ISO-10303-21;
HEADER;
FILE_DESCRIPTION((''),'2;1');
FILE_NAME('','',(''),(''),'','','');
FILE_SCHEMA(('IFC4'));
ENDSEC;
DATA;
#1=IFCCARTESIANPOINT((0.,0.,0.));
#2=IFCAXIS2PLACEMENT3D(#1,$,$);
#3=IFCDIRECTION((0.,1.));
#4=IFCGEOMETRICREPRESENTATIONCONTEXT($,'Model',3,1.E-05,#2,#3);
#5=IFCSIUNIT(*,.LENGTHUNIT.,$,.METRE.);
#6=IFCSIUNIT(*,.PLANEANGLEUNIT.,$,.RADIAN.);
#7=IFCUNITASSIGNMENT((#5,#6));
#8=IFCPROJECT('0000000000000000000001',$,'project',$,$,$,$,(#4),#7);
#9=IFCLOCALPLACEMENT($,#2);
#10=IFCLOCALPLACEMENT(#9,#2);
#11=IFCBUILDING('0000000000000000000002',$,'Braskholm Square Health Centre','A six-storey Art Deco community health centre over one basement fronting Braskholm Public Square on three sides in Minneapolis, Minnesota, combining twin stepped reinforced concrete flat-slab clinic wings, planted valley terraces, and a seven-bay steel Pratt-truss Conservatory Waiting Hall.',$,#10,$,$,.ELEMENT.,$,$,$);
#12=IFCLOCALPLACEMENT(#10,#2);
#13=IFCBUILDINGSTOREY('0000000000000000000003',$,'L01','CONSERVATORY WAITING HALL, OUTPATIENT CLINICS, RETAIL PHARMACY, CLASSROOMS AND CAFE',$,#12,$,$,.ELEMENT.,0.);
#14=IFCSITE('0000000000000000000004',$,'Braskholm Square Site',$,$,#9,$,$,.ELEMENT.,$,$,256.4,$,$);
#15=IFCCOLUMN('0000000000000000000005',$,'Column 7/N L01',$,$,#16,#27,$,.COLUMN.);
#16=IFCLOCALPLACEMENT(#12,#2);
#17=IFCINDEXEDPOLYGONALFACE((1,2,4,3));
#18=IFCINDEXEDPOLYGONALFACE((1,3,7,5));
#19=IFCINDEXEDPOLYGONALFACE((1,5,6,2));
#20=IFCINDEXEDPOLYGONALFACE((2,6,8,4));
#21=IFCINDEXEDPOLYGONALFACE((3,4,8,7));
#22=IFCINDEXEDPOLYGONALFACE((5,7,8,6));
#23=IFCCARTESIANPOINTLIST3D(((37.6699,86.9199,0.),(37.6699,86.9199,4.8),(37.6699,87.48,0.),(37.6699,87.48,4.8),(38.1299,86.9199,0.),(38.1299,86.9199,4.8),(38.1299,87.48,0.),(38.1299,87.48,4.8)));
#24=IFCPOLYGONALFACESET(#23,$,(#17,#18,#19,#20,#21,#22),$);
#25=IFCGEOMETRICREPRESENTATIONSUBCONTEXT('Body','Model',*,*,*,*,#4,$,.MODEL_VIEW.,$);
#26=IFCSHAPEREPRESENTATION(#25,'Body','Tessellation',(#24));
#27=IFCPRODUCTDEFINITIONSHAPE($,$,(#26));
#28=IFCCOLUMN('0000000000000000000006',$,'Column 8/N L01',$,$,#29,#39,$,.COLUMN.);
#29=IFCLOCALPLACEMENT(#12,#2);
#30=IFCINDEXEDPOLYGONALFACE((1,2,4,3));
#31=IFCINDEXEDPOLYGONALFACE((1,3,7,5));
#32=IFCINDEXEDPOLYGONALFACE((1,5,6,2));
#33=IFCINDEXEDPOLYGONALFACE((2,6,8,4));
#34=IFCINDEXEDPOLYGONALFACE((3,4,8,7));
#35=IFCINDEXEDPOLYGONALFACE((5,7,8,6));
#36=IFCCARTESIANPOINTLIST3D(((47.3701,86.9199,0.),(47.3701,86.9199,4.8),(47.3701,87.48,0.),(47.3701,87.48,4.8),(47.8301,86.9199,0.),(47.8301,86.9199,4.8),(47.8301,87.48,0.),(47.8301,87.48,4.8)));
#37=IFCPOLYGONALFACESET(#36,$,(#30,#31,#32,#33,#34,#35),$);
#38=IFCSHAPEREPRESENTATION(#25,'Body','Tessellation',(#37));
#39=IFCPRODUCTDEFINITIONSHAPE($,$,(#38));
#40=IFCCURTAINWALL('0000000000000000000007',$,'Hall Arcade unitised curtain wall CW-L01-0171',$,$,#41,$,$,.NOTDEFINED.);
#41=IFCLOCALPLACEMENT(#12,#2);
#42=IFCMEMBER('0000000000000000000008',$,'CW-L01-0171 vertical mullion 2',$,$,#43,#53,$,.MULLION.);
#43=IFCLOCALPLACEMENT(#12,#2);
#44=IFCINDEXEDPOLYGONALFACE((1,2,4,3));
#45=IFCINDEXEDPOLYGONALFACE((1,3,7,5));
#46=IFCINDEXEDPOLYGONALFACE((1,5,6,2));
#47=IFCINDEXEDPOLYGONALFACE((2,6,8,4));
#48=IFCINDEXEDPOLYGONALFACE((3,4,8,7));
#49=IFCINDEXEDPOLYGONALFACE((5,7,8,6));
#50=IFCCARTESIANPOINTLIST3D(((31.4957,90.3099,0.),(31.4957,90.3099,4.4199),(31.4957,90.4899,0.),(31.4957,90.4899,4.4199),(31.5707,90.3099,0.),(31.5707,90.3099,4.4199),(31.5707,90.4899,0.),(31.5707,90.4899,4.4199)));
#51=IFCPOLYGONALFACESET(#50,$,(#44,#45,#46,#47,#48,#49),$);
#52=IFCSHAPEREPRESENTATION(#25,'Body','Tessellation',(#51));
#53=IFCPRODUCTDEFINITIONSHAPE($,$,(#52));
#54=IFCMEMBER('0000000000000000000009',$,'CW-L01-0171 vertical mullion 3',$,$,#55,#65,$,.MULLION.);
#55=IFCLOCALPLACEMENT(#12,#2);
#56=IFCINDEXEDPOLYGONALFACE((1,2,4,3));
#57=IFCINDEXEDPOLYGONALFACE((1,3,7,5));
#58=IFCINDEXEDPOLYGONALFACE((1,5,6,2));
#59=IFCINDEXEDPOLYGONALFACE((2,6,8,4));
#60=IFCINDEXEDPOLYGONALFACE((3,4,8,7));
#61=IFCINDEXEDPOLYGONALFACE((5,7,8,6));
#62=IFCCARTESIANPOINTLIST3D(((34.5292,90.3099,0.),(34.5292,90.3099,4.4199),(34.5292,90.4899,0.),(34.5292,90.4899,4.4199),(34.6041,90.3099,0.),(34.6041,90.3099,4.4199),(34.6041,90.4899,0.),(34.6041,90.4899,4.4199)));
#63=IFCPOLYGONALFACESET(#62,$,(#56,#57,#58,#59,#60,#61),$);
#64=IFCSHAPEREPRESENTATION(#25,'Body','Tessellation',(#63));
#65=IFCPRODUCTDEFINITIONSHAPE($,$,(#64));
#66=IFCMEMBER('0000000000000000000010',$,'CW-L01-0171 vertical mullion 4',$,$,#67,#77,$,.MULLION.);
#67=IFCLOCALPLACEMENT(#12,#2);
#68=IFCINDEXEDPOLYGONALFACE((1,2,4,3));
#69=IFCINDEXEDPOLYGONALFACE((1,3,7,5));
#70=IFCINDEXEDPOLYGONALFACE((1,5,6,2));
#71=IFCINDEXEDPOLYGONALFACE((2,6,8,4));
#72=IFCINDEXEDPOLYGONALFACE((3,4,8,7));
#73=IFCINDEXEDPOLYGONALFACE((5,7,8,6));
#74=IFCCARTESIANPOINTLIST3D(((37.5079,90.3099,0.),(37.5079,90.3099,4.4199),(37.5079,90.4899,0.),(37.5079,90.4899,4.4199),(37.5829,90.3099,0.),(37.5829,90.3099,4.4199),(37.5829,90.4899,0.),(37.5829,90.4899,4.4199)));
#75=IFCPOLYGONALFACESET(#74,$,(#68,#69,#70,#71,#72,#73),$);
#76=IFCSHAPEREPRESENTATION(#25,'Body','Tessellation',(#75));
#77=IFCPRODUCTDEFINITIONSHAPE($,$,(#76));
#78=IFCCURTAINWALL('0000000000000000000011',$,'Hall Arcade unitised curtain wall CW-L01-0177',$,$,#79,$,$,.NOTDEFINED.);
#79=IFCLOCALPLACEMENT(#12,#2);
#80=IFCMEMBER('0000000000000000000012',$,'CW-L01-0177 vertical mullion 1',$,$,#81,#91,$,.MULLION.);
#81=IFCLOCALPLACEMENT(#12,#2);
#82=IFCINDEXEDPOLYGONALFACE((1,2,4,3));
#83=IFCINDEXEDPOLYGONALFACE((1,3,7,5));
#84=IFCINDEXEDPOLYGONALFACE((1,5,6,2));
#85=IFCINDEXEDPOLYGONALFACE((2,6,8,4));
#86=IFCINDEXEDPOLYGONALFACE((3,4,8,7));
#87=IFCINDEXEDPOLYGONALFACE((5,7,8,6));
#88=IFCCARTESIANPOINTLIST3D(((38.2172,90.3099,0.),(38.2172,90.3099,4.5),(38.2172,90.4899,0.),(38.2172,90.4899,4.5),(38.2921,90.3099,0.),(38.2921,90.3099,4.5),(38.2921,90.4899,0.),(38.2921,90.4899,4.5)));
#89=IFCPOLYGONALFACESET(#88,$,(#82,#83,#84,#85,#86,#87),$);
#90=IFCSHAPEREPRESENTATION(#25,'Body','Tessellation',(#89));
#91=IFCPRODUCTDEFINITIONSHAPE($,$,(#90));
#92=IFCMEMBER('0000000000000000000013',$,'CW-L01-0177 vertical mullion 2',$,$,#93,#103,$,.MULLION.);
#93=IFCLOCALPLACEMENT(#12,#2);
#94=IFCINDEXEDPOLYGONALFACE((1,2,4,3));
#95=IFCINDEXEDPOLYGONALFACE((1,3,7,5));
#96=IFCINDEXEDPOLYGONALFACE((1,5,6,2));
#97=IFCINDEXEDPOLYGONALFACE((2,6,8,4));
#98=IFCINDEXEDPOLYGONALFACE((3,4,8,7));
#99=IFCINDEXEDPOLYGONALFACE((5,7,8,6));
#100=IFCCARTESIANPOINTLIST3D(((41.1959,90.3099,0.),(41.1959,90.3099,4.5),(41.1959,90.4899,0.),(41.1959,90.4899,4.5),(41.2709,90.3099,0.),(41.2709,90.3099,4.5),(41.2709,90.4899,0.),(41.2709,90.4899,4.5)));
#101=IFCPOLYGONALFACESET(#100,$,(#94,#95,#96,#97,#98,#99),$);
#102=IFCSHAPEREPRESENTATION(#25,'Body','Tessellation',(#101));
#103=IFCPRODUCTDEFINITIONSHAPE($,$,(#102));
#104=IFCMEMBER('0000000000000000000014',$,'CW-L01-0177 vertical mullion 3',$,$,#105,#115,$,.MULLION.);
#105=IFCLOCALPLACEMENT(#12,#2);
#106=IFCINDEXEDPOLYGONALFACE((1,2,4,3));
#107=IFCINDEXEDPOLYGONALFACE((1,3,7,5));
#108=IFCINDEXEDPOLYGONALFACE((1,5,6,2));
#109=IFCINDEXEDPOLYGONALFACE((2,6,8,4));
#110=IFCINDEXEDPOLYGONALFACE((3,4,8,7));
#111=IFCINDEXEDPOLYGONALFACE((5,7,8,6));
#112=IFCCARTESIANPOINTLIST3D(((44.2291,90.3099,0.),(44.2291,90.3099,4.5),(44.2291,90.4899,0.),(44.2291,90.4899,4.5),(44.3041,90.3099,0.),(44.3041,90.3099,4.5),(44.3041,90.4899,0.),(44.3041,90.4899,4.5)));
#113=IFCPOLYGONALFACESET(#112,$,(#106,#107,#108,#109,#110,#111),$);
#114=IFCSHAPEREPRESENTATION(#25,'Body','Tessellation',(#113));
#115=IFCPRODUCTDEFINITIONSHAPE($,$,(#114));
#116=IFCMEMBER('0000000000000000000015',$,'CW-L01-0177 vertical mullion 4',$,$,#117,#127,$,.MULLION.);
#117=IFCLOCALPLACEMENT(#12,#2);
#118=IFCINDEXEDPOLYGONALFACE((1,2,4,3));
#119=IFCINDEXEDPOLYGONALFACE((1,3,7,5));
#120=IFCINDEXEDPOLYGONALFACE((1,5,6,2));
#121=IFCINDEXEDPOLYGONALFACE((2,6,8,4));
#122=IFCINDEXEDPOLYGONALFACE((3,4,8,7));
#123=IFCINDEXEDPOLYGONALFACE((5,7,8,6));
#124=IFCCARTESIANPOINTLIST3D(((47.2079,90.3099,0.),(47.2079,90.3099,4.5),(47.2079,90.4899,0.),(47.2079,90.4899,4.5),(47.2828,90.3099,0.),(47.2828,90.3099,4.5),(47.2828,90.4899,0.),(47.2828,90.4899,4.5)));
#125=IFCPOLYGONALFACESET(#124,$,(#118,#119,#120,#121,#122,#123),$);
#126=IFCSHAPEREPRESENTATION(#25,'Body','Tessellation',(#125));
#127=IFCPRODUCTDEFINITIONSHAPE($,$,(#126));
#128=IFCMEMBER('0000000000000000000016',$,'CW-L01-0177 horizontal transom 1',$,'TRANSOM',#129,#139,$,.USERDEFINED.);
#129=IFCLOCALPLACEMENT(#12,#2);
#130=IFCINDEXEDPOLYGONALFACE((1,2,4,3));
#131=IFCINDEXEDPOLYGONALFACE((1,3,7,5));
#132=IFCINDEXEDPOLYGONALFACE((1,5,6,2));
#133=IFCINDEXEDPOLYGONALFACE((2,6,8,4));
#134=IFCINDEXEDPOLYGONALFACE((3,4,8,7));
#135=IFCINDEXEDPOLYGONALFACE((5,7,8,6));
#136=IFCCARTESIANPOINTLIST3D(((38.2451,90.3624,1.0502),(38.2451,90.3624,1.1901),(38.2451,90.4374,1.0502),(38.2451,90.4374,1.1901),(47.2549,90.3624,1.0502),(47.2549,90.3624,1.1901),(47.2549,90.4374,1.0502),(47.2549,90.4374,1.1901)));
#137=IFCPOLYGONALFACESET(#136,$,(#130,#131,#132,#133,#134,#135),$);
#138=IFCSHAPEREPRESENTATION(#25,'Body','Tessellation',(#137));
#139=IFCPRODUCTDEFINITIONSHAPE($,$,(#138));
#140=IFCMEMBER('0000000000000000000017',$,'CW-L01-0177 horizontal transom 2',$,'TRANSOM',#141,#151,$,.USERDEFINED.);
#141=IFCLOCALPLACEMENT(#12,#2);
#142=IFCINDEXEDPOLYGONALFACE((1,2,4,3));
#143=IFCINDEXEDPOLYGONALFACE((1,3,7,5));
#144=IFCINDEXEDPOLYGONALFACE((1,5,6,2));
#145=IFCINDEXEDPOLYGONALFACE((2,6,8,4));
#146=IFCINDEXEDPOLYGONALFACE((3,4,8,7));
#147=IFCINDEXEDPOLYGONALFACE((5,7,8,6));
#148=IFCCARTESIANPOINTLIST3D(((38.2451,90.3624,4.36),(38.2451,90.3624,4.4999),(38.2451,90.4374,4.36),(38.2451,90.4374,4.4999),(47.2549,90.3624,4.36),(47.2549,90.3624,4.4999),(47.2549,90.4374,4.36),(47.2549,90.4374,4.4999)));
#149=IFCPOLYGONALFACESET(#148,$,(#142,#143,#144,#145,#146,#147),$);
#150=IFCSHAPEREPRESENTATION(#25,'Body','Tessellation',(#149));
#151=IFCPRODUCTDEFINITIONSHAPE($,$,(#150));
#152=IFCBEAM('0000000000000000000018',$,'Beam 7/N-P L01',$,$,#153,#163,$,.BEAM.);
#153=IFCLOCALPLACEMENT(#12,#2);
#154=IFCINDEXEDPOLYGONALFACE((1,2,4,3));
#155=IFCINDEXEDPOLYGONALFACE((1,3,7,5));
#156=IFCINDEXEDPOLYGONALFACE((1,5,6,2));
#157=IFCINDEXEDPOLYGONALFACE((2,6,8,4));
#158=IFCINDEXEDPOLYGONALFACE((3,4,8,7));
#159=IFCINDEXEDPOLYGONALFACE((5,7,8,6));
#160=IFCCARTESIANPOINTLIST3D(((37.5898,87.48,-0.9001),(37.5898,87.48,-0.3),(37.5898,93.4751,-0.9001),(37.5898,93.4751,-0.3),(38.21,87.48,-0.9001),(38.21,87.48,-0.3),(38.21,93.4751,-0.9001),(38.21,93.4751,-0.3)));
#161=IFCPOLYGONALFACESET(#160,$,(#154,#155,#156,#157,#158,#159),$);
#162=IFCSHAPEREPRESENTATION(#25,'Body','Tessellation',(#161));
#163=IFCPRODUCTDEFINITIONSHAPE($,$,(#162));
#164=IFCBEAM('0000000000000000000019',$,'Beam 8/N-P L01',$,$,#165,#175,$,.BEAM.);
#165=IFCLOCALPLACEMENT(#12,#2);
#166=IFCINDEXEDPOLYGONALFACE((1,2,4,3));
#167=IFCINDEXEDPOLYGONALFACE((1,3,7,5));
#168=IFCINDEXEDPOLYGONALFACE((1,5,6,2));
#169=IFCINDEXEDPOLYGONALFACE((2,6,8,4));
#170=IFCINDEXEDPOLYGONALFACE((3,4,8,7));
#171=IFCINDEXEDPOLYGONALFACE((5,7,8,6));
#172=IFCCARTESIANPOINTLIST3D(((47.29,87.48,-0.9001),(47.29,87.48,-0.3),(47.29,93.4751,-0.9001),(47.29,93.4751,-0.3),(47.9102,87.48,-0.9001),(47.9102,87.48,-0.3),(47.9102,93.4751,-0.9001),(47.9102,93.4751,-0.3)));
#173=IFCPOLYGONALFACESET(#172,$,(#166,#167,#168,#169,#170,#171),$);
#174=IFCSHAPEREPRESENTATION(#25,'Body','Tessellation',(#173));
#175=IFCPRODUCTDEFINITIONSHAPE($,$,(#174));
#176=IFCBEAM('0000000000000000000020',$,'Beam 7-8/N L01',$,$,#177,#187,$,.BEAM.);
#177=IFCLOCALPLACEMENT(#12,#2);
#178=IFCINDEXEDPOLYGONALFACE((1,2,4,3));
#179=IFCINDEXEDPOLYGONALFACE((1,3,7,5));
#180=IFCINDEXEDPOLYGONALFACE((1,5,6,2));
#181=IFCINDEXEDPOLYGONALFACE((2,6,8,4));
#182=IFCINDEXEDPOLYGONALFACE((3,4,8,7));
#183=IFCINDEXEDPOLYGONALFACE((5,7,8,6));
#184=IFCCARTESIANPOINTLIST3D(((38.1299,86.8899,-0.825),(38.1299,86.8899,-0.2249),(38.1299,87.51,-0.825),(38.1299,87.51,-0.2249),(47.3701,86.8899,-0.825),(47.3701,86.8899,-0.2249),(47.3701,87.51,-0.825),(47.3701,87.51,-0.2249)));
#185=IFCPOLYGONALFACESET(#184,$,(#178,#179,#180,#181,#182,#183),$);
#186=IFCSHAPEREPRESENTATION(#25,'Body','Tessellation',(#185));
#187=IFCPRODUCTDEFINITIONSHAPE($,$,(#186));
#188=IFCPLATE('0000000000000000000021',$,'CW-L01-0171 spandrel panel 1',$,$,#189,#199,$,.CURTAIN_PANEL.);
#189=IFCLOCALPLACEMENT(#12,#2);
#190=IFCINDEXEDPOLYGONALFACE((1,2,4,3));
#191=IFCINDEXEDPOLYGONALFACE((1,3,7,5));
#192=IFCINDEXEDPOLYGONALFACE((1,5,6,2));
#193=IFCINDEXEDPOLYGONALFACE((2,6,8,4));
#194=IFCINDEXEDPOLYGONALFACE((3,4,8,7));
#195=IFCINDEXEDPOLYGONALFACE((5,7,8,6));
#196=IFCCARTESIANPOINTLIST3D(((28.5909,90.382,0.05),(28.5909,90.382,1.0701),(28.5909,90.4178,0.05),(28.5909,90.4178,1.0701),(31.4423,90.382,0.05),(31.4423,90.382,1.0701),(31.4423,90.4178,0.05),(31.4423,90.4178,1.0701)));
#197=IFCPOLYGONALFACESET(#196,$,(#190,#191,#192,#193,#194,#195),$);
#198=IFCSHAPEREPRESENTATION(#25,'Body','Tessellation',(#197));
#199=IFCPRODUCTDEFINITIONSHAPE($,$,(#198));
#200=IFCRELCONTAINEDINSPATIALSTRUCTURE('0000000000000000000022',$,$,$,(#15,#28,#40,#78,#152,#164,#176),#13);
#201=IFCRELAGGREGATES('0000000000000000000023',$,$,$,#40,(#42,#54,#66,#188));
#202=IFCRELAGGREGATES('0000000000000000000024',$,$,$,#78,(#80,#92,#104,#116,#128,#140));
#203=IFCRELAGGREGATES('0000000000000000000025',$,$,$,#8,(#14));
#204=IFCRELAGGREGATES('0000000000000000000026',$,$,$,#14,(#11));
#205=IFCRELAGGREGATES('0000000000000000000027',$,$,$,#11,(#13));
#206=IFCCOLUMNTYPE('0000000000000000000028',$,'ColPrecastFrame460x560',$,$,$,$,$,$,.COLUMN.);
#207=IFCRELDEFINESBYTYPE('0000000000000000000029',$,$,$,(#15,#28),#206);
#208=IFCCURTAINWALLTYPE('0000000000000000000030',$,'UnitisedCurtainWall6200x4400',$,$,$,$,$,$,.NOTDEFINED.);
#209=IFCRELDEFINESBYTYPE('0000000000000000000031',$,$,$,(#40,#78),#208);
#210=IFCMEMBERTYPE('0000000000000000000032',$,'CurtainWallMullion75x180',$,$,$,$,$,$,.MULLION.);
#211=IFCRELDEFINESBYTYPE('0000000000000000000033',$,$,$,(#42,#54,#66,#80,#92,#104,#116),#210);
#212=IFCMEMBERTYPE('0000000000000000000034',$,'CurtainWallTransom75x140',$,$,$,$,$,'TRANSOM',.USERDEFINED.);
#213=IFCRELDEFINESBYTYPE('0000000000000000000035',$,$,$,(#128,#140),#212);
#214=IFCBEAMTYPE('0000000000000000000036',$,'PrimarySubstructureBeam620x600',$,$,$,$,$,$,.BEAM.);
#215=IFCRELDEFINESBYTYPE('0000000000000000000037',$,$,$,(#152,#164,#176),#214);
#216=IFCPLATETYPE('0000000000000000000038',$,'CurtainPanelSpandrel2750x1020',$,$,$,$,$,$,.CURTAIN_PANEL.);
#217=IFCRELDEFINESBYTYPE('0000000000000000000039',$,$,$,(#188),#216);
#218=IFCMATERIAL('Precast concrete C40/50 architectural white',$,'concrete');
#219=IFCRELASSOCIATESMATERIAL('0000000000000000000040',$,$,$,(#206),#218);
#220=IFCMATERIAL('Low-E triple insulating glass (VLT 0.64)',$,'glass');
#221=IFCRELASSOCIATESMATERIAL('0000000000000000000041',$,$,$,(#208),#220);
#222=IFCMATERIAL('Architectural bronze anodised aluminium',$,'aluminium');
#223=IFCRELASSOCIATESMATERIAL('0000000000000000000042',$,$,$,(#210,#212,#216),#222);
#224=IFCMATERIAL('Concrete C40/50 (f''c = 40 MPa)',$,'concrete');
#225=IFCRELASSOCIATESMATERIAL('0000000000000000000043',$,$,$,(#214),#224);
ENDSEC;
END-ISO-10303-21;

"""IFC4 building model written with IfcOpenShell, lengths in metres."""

from ifc_helpers import new_model, si_unit, direction, frame, origin, origin_2d, place, context, subcontext, project, spatial, rectangle, extrude, material, material_profile, profile_set, type_object, element, aggregate, save


model = new_model("IFC4")

# Units and contexts
model_context = context("Model", 3, precision=1e-05, world=origin(), true_north=direction((0.0, 1.0)))
body_context = subcontext(model_context, "Body", "Model", "MODEL_VIEW")
ifc_project = project(units=[si_unit("LENGTHUNIT", "METRE"), si_unit("PLANEANGLEUNIT", "RADIAN")], contexts=[model_context])

# Site, building, storey
site_placement = place(None, origin())
site = spatial("IfcSite", under=ifc_project, at=site_placement, Name="Braskholm Square Site", CompositionType="ELEMENT", RefElevation=256.4)
building_placement = place(site_placement, origin())
building = spatial("IfcBuilding", under=site, at=building_placement, Name="Braskholm Square Health Centre", Description="A six-storey Art Deco community health centre over one basement fronting Braskholm Public Square on three sides in Minneapolis, Minnesota, combining twin stepped reinforced concrete flat-slab clinic wings, planted valley terraces, and a seven-bay steel Pratt-truss Conservatory Waiting Hall.", CompositionType="ELEMENT")
storey_placement = place(building_placement, origin())
storey = spatial("IfcBuildingStorey", under=building, at=storey_placement, Name="L01", Description="CONSERVATORY WAITING HALL, OUTPATIENT CLINICS, RETAIL PHARMACY, CLASSROOMS AND CAFE", CompositionType="ELEMENT", Elevation=0.0)

# Columns
ifc_material_1 = material(Name="Precast concrete C40/50 architectural white", Category="concrete")
ifc_material_profile_1 = material_profile(ifc_material_1, rectangle(XDim=0.46, YDim=0.5601, at=origin_2d()), Name="RC-460X560")
ifc_profile_set_1 = profile_set([ifc_material_profile_1], Name="Precast concrete C40/50 architectural white")
column_type = type_object("IfcColumnType", Name="ColPrecastFrame460x560", PredefinedType="COLUMN", material=ifc_profile_set_1)
for number, where, z_axis, x_axis, name in (
    (1, (37.8999, 87.2, 0.0), (0.0, 0.0, 1.0), (1.0, 0.0, 0.0), "Column 7/N L01"),
    (2, (47.6001, 87.2, 0.0), (0.0, 0.0, 1.0), (1.0, 0.0, 0.0), "Column 8/N L01"),
):
    element("IfcColumn", number, at=place(storey_placement, frame(where, z_axis=z_axis, x_axis=x_axis)), inside=storey, type_object=column_type, Name=name, PredefinedType="COLUMN", context=body_context, shape_type="SweptSolid", body=[
        extrude(rectangle(XDim=0.46, YDim=0.5601, at=origin_2d()), origin(), (0.0, 0.0, 1.0), 4.8),
    ])

# Curtain walls, members
ifc_material_2 = material(Name="Low-E triple insulating glass (VLT 0.64)", Category="glass")
curtain_wall_type = type_object("IfcCurtainWallType", Name="UnitisedCurtainWall6200x4400", PredefinedType="NOTDEFINED", material=ifc_material_2)
curtain_wall_1_placement = place(storey_placement, origin())
curtain_wall_1 = element("IfcCurtainWall", 3, at=curtain_wall_1_placement, inside=storey, type_object=curtain_wall_type, Name="Hall Arcade unitised curtain wall CW-L01-0171", PredefinedType="NOTDEFINED")
ifc_material_3 = material(Name="Architectural bronze anodised aluminium", Category="aluminium")
ifc_material_profile_2 = material_profile(ifc_material_3, rectangle(XDim=0.075, YDim=0.1799, at=origin_2d()), Name="ALU-75X180")
ifc_profile_set_2 = profile_set([ifc_material_profile_2], Name="Architectural bronze anodised aluminium")
member_type_1 = type_object("IfcMemberType", Name="CurtainWallMullion75x180", PredefinedType="MULLION", material=ifc_profile_set_2)
member_1_placement = place(storey_placement, frame((31.5332, 90.3999, 0.0), z_axis=(0.0, 0.0, 1.0), x_axis=(1.0, 0.0, 0.0)))
member_1 = element("IfcMember", 4, at=member_1_placement, type_object=member_type_1, Name="CW-L01-0171 vertical mullion 2", PredefinedType="MULLION", context=body_context, shape_type="SweptSolid", body=[
    extrude(rectangle(XDim=0.075, YDim=0.1799, at=origin_2d()), origin(), (0.0, 0.0, 1.0), 4.4199),
])
member_2_placement = place(storey_placement, frame((34.5667, 90.3999, 0.0), z_axis=(0.0, 0.0, 1.0), x_axis=(1.0, 0.0, 0.0)))
member_2 = element("IfcMember", 5, at=member_2_placement, type_object=member_type_1, Name="CW-L01-0171 vertical mullion 3", PredefinedType="MULLION", context=body_context, shape_type="SweptSolid", body=[
    extrude(rectangle(XDim=0.075, YDim=0.1799, at=origin_2d()), origin(), (0.0, 0.0, 1.0), 4.4199),
])
member_3_placement = place(storey_placement, frame((37.5454, 90.3999, 0.0), z_axis=(0.0, 0.0, 1.0), x_axis=(1.0, 0.0, 0.0)))
member_3 = element("IfcMember", 6, at=member_3_placement, type_object=member_type_1, Name="CW-L01-0171 vertical mullion 4", PredefinedType="MULLION", context=body_context, shape_type="SweptSolid", body=[
    extrude(rectangle(XDim=0.075, YDim=0.1799, at=origin_2d()), origin(), (0.0, 0.0, 1.0), 4.4199),
])
curtain_wall_2_placement = place(storey_placement, origin())
curtain_wall_2 = element("IfcCurtainWall", 7, at=curtain_wall_2_placement, inside=storey, type_object=curtain_wall_type, Name="Hall Arcade unitised curtain wall CW-L01-0177", PredefinedType="NOTDEFINED")
member_4_placement = place(storey_placement, frame((38.2546, 90.3999, 0.0), z_axis=(0.0, 0.0, 1.0), x_axis=(1.0, 0.0, 0.0)))
member_4 = element("IfcMember", 8, at=member_4_placement, type_object=member_type_1, Name="CW-L01-0177 vertical mullion 1", PredefinedType="MULLION", context=body_context, shape_type="SweptSolid", body=[
    extrude(rectangle(XDim=0.075, YDim=0.1799, at=origin_2d()), origin(), (0.0, 0.0, 1.0), 4.5),
])
member_5_placement = place(storey_placement, frame((41.2334, 90.3999, 0.0), z_axis=(0.0, 0.0, 1.0), x_axis=(1.0, 0.0, 0.0)))
member_5 = element("IfcMember", 9, at=member_5_placement, type_object=member_type_1, Name="CW-L01-0177 vertical mullion 2", PredefinedType="MULLION", context=body_context, shape_type="SweptSolid", body=[
    extrude(rectangle(XDim=0.075, YDim=0.1799, at=origin_2d()), origin(), (0.0, 0.0, 1.0), 4.5),
])
member_6_placement = place(storey_placement, frame((44.2666, 90.3999, 0.0), z_axis=(0.0, 0.0, 1.0), x_axis=(1.0, 0.0, 0.0)))
member_6 = element("IfcMember", 10, at=member_6_placement, type_object=member_type_1, Name="CW-L01-0177 vertical mullion 3", PredefinedType="MULLION", context=body_context, shape_type="SweptSolid", body=[
    extrude(rectangle(XDim=0.075, YDim=0.1799, at=origin_2d()), origin(), (0.0, 0.0, 1.0), 4.5),
])
member_7_placement = place(storey_placement, frame((47.2454, 90.3999, 0.0), z_axis=(0.0, 0.0, 1.0), x_axis=(1.0, 0.0, 0.0)))
member_7 = element("IfcMember", 11, at=member_7_placement, type_object=member_type_1, Name="CW-L01-0177 vertical mullion 4", PredefinedType="MULLION", context=body_context, shape_type="SweptSolid", body=[
    extrude(rectangle(XDim=0.075, YDim=0.1799, at=origin_2d()), origin(), (0.0, 0.0, 1.0), 4.5),
])
ifc_material_profile_3 = material_profile(ifc_material_3, rectangle(XDim=0.075, YDim=0.1399, at=origin_2d()), Name="ALU-75X140")
ifc_profile_set_3 = profile_set([ifc_material_profile_3], Name="Architectural bronze anodised aluminium")
member_type_2 = type_object("IfcMemberType", Name="CurtainWallTransom75x140", ElementType="TRANSOM", PredefinedType="USERDEFINED", material=ifc_profile_set_3)
member_8_placement = place(storey_placement, frame((38.2451, 90.3999, 1.1201), z_axis=(1.0, 0.0, 0.0), x_axis=(0.0, 1.0, 0.0)))
member_8 = element("IfcMember", 12, at=member_8_placement, type_object=member_type_2, Name="CW-L01-0177 horizontal transom 1", ObjectType="TRANSOM", PredefinedType="USERDEFINED", context=body_context, shape_type="SweptSolid", body=[
    extrude(rectangle(XDim=0.075, YDim=0.1399, at=origin_2d()), origin(), (0.0, 0.0, 1.0), 9.0098),
])
member_9_placement = place(storey_placement, frame((38.2451, 90.3999, 4.4299), z_axis=(1.0, 0.0, 0.0), x_axis=(0.0, 1.0, 0.0)))
member_9 = element("IfcMember", 13, at=member_9_placement, type_object=member_type_2, Name="CW-L01-0177 horizontal transom 2", ObjectType="TRANSOM", PredefinedType="USERDEFINED", context=body_context, shape_type="SweptSolid", body=[
    extrude(rectangle(XDim=0.075, YDim=0.1399, at=origin_2d()), origin(), (0.0, 0.0, 1.0), 9.0098),
])

# Beams
ifc_material_4 = material(Name="Concrete C40/50 (f'c = 40 MPa)", Category="concrete")
ifc_material_profile_4 = material_profile(ifc_material_4, rectangle(XDim=0.6201, YDim=0.6001, at=origin_2d()), Name="RCB-620X600")
ifc_profile_set_4 = profile_set([ifc_material_profile_4], Name="Concrete C40/50 (f'c = 40 MPa)")
beam_type = type_object("IfcBeamType", Name="PrimarySubstructureBeam620x600", PredefinedType="BEAM", material=ifc_profile_set_4)
for number, where, z_axis, x_axis, name in (
    (14, (37.8999, 87.48, -0.6001), (0.0, 1.0, 0.0), (-1.0, 0.0, 0.0), "Beam 7/N-P L01"),
    (15, (47.6001, 87.48, -0.6001), (0.0, 1.0, 0.0), (-1.0, 0.0, 0.0), "Beam 8/N-P L01"),
):
    element("IfcBeam", number, at=place(storey_placement, frame(where, z_axis=z_axis, x_axis=x_axis)), inside=storey, type_object=beam_type, Name=name, PredefinedType="BEAM", context=body_context, shape_type="SweptSolid", body=[
        extrude(rectangle(XDim=0.6201, YDim=0.6001, at=origin_2d()), origin(), (0.0, 0.0, 1.0), 5.9951),
    ])
beam_placement = place(storey_placement, frame((38.1299, 87.2, -0.5249), z_axis=(1.0, 0.0, 0.0), x_axis=(0.0, 1.0, 0.0)))
element("IfcBeam", 16, at=beam_placement, inside=storey, type_object=beam_type, Name="Beam 7-8/N L01", PredefinedType="BEAM", context=body_context, shape_type="SweptSolid", body=[
    extrude(rectangle(XDim=0.6201, YDim=0.6001, at=origin_2d()), origin(), (0.0, 0.0, 1.0), 9.2402),
])

# Plate
plate_type_1 = type_object("IfcPlateType", Name="CurtainPanelSpandrel2750x1020", PredefinedType="CURTAIN_PANEL", material=ifc_material_3)
plate_1_placement = place(storey_placement, frame((30.0166, 90.3999, 0.05), z_axis=(0.0, 0.0, 1.0), x_axis=(1.0, 0.0, 0.0)))
plate_1 = element("IfcPlate", 17, at=plate_1_placement, type_object=plate_type_1, Name="CW-L01-0171 spandrel panel 1", PredefinedType="CURTAIN_PANEL", context=body_context, shape_type="SweptSolid", body=[
    extrude(rectangle(XDim=2.8513, YDim=0.0359, at=origin_2d()), origin(), (0.0, 0.0, 1.0), 1.02),
])
aggregate(curtain_wall_1, [member_1, member_2, member_3, plate_1])
aggregate(curtain_wall_2, [member_4, member_5, member_6, member_7, member_8, member_9])

save(model, "model.ifc")
